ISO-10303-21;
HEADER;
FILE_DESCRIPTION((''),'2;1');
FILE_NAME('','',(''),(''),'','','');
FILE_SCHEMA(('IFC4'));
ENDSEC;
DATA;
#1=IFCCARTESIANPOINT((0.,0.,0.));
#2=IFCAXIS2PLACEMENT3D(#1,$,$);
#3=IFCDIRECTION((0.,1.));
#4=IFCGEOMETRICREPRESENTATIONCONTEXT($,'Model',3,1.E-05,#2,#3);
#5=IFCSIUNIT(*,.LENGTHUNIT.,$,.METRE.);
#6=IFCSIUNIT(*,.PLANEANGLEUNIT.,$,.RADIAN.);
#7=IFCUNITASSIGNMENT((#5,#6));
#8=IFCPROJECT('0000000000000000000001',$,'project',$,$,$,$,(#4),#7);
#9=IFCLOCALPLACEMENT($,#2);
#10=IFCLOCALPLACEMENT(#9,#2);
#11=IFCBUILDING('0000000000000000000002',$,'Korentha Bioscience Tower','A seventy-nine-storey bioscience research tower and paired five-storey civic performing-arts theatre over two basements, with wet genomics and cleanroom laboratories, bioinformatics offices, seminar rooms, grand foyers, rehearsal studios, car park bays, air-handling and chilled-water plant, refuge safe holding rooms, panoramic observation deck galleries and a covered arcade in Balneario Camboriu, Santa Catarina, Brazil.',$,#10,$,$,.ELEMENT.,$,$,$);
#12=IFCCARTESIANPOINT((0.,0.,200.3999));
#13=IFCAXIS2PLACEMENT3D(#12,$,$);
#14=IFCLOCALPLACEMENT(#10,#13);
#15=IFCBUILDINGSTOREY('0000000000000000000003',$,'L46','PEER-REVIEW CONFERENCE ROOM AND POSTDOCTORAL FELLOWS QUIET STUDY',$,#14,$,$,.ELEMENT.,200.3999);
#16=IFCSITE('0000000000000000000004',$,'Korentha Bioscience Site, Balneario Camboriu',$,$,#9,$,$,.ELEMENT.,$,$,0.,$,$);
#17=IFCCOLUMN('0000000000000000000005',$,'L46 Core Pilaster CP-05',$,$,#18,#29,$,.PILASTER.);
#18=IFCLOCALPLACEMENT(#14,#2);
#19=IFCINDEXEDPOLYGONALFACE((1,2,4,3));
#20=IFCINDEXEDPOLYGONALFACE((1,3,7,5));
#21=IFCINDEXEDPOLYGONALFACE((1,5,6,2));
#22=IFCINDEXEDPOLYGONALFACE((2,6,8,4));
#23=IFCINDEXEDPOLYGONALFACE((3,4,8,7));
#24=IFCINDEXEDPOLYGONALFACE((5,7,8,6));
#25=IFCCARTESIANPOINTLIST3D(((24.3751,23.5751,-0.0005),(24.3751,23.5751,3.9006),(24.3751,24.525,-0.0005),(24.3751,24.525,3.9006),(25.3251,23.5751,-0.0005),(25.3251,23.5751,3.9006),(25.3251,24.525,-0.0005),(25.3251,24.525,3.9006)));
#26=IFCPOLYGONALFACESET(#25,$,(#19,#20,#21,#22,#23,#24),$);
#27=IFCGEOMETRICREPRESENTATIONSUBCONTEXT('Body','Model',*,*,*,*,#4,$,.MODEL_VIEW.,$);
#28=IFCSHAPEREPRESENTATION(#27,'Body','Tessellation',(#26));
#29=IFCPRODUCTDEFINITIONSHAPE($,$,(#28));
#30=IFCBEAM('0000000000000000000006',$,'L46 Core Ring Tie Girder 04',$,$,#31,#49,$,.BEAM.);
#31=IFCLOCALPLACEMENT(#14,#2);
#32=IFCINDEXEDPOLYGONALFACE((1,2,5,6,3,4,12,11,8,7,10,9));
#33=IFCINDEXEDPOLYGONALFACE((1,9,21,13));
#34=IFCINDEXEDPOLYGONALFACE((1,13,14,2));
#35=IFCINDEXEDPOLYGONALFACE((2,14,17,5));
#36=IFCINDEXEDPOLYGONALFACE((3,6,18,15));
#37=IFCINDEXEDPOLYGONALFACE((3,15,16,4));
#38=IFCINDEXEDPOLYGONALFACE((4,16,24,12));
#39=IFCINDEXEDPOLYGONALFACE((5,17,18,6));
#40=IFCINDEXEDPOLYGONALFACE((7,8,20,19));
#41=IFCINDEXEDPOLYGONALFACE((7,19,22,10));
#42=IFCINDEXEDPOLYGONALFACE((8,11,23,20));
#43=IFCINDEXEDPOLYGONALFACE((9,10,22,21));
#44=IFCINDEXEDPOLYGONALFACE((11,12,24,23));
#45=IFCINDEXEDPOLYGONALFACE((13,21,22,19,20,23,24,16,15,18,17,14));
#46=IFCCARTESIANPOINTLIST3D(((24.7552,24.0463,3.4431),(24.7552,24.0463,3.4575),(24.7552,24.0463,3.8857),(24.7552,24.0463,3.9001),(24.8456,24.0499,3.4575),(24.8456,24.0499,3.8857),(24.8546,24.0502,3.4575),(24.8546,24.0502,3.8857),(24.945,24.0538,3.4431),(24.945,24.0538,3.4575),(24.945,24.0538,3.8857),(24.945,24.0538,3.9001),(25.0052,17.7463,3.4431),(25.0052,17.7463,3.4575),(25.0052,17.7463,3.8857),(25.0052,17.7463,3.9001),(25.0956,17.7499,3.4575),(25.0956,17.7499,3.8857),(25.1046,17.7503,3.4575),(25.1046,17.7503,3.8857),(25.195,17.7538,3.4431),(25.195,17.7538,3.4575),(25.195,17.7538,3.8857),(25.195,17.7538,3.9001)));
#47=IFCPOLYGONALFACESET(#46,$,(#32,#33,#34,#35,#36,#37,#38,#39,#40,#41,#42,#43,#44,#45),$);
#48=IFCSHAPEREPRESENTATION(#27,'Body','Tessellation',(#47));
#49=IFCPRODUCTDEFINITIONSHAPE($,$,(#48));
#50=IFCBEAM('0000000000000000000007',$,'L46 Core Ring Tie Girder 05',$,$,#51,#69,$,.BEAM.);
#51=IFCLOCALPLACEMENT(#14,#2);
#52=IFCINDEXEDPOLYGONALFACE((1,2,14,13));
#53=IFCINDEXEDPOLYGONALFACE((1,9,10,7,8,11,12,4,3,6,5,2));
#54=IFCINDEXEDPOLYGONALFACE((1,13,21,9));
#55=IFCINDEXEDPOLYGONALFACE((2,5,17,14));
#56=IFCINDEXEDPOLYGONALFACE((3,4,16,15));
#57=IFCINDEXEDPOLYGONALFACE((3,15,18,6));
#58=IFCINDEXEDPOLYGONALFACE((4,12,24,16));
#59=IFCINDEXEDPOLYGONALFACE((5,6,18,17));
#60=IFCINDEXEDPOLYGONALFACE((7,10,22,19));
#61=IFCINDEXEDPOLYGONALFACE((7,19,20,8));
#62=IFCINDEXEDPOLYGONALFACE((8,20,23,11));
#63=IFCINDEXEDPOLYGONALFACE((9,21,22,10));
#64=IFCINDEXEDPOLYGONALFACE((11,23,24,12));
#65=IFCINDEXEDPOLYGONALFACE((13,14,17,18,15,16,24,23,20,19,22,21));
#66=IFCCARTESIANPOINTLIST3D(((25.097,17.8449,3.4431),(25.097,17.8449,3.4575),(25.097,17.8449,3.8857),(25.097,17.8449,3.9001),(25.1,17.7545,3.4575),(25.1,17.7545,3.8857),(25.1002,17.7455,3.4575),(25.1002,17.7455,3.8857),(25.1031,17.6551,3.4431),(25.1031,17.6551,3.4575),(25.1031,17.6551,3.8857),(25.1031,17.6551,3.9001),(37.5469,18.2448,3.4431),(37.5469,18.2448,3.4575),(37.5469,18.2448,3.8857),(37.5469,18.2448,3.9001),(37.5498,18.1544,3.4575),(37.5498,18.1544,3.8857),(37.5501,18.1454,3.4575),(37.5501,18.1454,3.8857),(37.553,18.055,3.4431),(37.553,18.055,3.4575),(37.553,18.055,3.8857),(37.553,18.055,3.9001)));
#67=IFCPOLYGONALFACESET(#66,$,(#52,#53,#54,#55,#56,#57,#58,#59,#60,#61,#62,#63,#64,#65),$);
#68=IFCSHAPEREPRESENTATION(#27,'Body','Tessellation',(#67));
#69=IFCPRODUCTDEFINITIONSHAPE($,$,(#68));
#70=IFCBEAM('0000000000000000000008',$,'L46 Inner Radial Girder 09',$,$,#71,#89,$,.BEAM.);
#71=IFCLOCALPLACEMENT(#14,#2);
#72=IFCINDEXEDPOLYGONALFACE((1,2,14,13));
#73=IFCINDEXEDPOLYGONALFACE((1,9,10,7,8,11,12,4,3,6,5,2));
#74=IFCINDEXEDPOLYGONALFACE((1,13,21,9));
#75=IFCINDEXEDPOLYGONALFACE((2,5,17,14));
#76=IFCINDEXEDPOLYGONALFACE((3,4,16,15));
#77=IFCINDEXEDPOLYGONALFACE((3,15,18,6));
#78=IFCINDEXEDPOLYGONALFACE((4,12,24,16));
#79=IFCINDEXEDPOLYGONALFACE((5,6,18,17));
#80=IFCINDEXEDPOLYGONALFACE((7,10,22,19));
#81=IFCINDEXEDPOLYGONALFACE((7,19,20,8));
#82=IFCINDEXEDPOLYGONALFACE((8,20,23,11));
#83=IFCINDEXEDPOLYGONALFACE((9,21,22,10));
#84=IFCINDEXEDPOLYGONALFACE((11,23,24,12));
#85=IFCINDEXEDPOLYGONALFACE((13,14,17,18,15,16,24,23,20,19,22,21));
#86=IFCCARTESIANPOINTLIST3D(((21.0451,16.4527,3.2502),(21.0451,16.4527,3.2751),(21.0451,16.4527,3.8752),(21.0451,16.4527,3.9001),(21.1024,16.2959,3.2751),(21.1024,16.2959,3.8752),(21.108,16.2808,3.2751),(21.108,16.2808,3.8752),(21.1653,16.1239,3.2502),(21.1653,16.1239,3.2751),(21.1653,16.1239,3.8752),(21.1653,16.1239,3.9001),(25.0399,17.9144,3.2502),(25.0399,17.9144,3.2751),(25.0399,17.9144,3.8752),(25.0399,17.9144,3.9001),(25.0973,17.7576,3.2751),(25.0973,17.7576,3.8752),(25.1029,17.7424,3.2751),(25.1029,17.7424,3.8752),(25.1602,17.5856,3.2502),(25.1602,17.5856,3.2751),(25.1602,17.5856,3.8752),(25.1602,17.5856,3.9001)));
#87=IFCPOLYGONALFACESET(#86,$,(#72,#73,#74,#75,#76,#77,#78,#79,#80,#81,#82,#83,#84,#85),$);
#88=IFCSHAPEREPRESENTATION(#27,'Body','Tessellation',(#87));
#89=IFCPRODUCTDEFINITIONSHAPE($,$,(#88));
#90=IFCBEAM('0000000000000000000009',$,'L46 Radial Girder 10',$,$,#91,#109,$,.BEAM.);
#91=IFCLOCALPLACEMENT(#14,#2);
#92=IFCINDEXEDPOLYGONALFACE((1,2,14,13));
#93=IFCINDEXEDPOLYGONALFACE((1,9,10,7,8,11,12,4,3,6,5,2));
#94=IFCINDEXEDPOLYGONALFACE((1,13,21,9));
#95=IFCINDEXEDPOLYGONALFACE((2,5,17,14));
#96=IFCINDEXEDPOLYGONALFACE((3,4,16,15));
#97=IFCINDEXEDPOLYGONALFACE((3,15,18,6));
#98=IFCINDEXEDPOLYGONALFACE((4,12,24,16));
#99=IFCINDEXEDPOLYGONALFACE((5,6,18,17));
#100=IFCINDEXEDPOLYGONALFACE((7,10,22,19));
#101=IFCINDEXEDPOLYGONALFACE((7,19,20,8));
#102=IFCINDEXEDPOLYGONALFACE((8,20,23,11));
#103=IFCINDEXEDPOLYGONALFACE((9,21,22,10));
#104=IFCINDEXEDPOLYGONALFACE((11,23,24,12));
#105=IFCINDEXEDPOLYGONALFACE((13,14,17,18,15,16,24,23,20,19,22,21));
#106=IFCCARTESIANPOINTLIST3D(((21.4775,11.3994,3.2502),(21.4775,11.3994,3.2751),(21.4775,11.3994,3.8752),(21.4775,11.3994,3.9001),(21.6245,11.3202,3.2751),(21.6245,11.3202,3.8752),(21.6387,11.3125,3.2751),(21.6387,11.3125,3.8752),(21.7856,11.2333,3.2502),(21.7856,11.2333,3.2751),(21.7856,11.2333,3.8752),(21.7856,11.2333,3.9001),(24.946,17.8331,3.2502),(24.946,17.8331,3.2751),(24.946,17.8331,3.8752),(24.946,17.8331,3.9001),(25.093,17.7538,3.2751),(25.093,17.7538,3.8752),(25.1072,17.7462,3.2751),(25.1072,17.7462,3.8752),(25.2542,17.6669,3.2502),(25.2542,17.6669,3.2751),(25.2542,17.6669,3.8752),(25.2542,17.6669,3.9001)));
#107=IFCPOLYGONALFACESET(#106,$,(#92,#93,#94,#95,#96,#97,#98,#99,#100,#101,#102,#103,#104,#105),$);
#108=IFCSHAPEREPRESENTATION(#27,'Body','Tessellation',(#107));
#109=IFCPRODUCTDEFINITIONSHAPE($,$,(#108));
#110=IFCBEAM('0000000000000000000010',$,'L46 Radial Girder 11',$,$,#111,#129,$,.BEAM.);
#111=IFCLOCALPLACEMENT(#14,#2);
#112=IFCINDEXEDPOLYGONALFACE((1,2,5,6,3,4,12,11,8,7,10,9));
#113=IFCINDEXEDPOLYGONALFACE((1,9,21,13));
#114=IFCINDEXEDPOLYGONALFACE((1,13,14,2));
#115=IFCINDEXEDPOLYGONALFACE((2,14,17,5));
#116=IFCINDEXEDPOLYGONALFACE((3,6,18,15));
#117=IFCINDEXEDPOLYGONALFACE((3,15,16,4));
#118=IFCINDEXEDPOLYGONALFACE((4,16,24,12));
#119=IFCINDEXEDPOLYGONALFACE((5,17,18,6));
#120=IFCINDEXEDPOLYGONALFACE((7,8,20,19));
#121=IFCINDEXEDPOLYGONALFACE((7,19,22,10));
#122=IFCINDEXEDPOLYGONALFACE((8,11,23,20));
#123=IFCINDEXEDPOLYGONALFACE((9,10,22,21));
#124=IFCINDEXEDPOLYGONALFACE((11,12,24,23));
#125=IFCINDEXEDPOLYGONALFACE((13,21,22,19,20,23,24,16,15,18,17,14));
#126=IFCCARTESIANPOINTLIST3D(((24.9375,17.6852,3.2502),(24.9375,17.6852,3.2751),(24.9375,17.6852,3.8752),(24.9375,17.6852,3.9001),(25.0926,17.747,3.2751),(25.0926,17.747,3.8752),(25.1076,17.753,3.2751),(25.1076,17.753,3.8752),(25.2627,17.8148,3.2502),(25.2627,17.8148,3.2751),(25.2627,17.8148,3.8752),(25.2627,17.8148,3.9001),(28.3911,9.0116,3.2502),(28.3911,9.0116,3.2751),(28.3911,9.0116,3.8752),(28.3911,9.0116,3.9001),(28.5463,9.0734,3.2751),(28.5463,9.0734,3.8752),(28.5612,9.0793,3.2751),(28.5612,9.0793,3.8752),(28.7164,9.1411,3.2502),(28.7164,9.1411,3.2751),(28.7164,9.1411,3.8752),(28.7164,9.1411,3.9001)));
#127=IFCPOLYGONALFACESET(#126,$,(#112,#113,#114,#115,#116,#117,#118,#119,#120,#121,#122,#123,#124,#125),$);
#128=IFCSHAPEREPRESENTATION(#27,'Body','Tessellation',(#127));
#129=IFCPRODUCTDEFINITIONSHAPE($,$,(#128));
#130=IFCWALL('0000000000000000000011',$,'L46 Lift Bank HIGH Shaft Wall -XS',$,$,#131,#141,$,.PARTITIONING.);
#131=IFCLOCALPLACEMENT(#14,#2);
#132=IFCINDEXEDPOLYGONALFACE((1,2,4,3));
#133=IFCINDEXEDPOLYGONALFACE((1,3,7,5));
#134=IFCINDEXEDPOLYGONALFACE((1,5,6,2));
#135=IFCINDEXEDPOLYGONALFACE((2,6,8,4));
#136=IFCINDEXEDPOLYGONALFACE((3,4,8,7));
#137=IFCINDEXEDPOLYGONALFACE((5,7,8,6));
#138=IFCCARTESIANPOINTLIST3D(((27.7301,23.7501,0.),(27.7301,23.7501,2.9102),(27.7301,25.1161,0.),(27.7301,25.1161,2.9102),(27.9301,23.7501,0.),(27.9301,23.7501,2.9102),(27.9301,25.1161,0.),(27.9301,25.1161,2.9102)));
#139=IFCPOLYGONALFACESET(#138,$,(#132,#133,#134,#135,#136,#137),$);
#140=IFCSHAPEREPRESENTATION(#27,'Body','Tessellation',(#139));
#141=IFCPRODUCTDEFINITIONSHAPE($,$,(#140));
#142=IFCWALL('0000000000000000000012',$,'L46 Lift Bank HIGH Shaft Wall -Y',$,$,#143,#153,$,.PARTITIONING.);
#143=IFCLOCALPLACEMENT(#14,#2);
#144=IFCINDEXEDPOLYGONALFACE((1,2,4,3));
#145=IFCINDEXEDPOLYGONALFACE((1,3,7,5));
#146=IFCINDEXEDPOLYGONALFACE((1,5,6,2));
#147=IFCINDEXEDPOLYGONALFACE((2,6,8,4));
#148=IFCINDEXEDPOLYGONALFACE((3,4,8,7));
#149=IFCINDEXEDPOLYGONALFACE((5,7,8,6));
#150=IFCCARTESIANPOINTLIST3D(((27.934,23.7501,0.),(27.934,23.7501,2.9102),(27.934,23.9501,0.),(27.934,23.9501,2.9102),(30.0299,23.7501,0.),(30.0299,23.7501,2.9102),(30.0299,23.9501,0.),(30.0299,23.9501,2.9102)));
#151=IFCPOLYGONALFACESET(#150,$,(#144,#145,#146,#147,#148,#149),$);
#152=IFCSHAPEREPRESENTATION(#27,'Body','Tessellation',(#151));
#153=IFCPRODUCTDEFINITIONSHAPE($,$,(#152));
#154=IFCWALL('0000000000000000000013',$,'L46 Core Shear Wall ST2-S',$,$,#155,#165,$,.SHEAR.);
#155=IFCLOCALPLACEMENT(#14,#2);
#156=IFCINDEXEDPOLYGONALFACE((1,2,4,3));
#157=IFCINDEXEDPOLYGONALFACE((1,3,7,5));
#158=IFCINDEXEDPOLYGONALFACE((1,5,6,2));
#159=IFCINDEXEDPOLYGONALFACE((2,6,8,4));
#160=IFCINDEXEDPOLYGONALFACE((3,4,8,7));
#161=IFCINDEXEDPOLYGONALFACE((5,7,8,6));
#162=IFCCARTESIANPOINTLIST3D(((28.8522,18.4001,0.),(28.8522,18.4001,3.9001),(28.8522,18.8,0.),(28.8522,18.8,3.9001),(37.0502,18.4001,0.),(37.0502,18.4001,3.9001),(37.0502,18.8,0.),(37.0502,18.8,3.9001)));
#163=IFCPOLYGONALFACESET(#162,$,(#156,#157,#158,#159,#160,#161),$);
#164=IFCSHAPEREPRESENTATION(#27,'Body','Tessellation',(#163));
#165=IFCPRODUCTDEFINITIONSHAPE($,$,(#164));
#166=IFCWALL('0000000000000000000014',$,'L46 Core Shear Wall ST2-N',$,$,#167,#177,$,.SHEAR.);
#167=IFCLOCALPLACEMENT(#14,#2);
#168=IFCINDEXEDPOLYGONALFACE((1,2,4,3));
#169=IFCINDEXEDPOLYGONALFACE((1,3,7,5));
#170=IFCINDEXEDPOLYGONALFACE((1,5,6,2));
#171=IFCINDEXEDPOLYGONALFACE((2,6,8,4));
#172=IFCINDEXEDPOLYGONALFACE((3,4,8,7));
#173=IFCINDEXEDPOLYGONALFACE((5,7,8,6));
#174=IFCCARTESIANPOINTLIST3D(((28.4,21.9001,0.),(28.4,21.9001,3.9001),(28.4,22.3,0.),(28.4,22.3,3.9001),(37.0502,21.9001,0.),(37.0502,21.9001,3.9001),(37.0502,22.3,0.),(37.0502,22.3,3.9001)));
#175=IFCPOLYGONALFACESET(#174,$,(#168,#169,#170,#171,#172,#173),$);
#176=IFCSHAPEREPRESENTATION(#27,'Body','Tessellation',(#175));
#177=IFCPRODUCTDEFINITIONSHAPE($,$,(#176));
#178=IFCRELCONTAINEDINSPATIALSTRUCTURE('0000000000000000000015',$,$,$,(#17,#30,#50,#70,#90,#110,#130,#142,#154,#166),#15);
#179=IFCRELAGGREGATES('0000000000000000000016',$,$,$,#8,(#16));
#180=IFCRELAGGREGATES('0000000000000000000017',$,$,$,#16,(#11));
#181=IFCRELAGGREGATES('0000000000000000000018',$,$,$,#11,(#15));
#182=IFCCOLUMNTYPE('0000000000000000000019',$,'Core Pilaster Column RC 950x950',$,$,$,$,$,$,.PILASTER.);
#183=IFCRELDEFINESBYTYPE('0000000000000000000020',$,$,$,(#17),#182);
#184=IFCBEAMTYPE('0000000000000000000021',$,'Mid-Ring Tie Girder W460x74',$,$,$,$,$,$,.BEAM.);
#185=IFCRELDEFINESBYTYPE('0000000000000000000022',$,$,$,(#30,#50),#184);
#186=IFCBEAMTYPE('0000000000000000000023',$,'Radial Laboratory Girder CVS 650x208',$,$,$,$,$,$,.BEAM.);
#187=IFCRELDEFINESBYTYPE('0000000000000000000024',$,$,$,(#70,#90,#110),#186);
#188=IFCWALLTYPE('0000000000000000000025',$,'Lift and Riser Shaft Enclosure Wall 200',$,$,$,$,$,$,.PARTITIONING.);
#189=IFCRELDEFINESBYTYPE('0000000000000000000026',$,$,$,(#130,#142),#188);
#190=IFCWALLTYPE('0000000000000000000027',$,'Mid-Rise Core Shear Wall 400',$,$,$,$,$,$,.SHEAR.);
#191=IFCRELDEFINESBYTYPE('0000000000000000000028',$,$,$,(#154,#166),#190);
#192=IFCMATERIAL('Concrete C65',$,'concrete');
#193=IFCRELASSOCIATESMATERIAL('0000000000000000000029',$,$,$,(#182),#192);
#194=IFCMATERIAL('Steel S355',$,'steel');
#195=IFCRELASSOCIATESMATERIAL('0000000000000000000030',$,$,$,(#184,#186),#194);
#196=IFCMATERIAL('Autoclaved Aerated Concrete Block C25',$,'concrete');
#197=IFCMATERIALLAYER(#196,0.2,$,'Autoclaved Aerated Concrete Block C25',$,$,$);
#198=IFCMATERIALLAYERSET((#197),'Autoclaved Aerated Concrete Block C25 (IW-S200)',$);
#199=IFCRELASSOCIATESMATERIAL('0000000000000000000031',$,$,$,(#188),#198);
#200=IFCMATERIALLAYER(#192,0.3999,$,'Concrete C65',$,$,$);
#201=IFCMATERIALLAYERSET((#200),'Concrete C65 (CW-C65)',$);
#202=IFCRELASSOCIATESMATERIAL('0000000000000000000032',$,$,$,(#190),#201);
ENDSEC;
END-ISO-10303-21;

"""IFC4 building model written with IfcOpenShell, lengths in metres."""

from ifc_helpers import new_model, si_unit, direction, frame, frame_2d, origin, origin_2d, place, context, subcontext, project, spatial, rectangle, i_section, extrude, material, layer, layer_set, material_profile, profile_set, type_object, element, save


model = new_model("IFC4")

# Units and contexts
model_context = context("Model", 3, precision=1e-05, world=origin(), true_north=direction((0.0, 1.0)))
body_context = subcontext(model_context, "Body", "Model", "MODEL_VIEW")
ifc_project = project(units=[si_unit("LENGTHUNIT", "METRE"), si_unit("PLANEANGLEUNIT", "RADIAN")], contexts=[model_context])

# Site, building, storey
site_placement = place(None, origin())
site = spatial("IfcSite", under=ifc_project, at=site_placement, Name="Korentha Bioscience Site, Balneario Camboriu", CompositionType="ELEMENT", RefElevation=0.0)
building_placement = place(site_placement, origin())
building = spatial("IfcBuilding", under=site, at=building_placement, Name="Korentha Bioscience Tower", Description="A seventy-nine-storey bioscience research tower and paired five-storey civic performing-arts theatre over two basements, with wet genomics and cleanroom laboratories, bioinformatics offices, seminar rooms, grand foyers, rehearsal studios, car park bays, air-handling and chilled-water plant, refuge safe holding rooms, panoramic observation deck galleries and a covered arcade in Balneario Camboriu, Santa Catarina, Brazil.", CompositionType="ELEMENT")
storey_placement = place(building_placement, frame((0.0, 0.0, 200.3999)))
storey = spatial("IfcBuildingStorey", under=building, at=storey_placement, Name="L46", Description="PEER-REVIEW CONFERENCE ROOM AND POSTDOCTORAL FELLOWS QUIET STUDY", CompositionType="ELEMENT", Elevation=200.3999)

# Column
ifc_material_1 = material(Name="Concrete C65", Category="concrete")
ifc_material_profile_1 = material_profile(ifc_material_1, rectangle(XDim=0.95, YDim=0.95, at=origin_2d()), Name="Concrete C65")
ifc_profile_set_1 = profile_set([ifc_material_profile_1], Name="Concrete C65 (COL-CP09)")
column_type = type_object("IfcColumnType", Name="Core Pilaster Column RC 950x950", PredefinedType="PILASTER", material=ifc_profile_set_1)
column_placement = place(storey_placement, frame((24.8501, 24.05, -0.0005), z_axis=(0.0, 0.0, 1.0), x_axis=(1.0, 0.0, 0.0)))
element("IfcColumn", 1, at=column_placement, inside=storey, type_object=column_type, Name="L46 Core Pilaster CP-05", PredefinedType="PILASTER", context=body_context, shape_type="SweptSolid", body=[
    extrude(rectangle(XDim=0.95, YDim=0.95, at=origin_2d()), origin(), (0.0, 0.0, 1.0), 3.9011),
])

# Beams
ifc_material_2 = material(Name="Steel S355", Category="steel")
ifc_material_profile_2 = material_profile(ifc_material_2, i_section(OverallWidth=0.1899, OverallDepth=0.457, WebThickness=0.009, FlangeThickness=0.0144, at=origin_2d()), Name="Steel S355")
ifc_profile_set_2 = profile_set([ifc_material_profile_2], Name="Steel S355 (MB-460)")
beam_type_1 = type_object("IfcBeamType", Name="Mid-Ring Tie Girder W460x74", PredefinedType="BEAM", material=ifc_profile_set_2)
beam_1_placement = place(storey_placement, frame((24.8501, 24.05, 3.6716), z_axis=(0.039651, -0.999214, 0.0), x_axis=(0.999214, 0.039651, 0.0)))
element("IfcBeam", 2, at=beam_1_placement, inside=storey, type_object=beam_type_1, Name="L46 Core Ring Tie Girder 04", PredefinedType="BEAM", context=body_context, shape_type="SweptSolid", body=[
    extrude(i_section(OverallWidth=0.1899, OverallDepth=0.457, WebThickness=0.009, FlangeThickness=0.0144, at=origin_2d()), origin(), (0.0, 0.0, 1.0), 6.3049),
])
beam_2_placement = place(storey_placement, frame((25.1001, 17.75, 3.6716), z_axis=(0.999485, 0.032104, 0.0), x_axis=(-0.032104, 0.999485, 0.0)))
element("IfcBeam", 3, at=beam_2_placement, inside=storey, type_object=beam_type_1, Name="L46 Core Ring Tie Girder 05", PredefinedType="BEAM", context=body_context, shape_type="SweptSolid", body=[
    extrude(i_section(OverallWidth=0.1899, OverallDepth=0.457, WebThickness=0.009, FlangeThickness=0.0144, at=origin_2d()), origin(), (0.0, 0.0, 1.0), 12.4563),
])
ifc_material_profile_3 = material_profile(ifc_material_2, i_section(OverallWidth=0.3501, OverallDepth=0.6499, WebThickness=0.0161, FlangeThickness=0.0249, at=origin_2d()), Name="Steel S355")
ifc_profile_set_3 = profile_set([ifc_material_profile_3], Name="Steel S355 (RB-650)")
beam_type_2 = type_object("IfcBeamType", Name="Radial Laboratory Girder CVS 650x208", PredefinedType="BEAM", material=ifc_profile_set_3)
beam_3_placement = place(storey_placement, frame((25.1001, 17.75, 3.5752), z_axis=(-0.939113, -0.343609, 0.0), x_axis=(0.343609, -0.939113, 0.0)))
element("IfcBeam", 4, at=beam_3_placement, inside=storey, type_object=beam_type_2, Name="L46 Inner Radial Girder 09", PredefinedType="BEAM", context=body_context, shape_type="SweptSolid", body=[
    extrude(i_section(OverallWidth=0.3501, OverallDepth=0.6499, WebThickness=0.0161, FlangeThickness=0.0249, at=origin_2d()), origin(), (0.0, 0.0, 1.0), 4.2539),
])
beam_4_placement = place(storey_placement, frame((25.1001, 17.75, 3.5752), z_axis=(-0.474552, -0.880228, 0.0), x_axis=(0.880228, -0.474552, 0.0)))
element("IfcBeam", 5, at=beam_4_placement, inside=storey, type_object=beam_type_2, Name="L46 Radial Girder 10", PredefinedType="BEAM", context=body_context, shape_type="SweptSolid", body=[
    extrude(i_section(OverallWidth=0.3501, OverallDepth=0.6499, WebThickness=0.0161, FlangeThickness=0.0249, at=origin_2d()), origin(), (0.0, 0.0, 1.0), 7.3091),
])
beam_5_placement = place(storey_placement, frame((25.1001, 17.75, 3.5752), z_axis=(0.369929, -0.92906, 0.0), x_axis=(0.92906, 0.369929, 0.0)))
element("IfcBeam", 6, at=beam_5_placement, inside=storey, type_object=beam_type_2, Name="L46 Radial Girder 11", PredefinedType="BEAM", context=body_context, shape_type="SweptSolid", body=[
    extrude(i_section(OverallWidth=0.3501, OverallDepth=0.6499, WebThickness=0.0161, FlangeThickness=0.0249, at=origin_2d()), origin(), (0.0, 0.0, 1.0), 9.3359),
])

# Walls
ifc_material_3 = material(Name="Autoclaved Aerated Concrete Block C25", Category="concrete")
ifc_layer_1 = layer(ifc_material_3, 0.2, Name="Autoclaved Aerated Concrete Block C25")
ifc_layer_set_1 = layer_set([ifc_layer_1], Name="Autoclaved Aerated Concrete Block C25 (IW-S200)")
wall_type_1 = type_object("IfcWallType", Name="Lift and Riser Shaft Enclosure Wall 200", PredefinedType="PARTITIONING", material=ifc_layer_set_1)
wall_1_placement = place(storey_placement, frame((27.8301, 23.75, 0.0), z_axis=(0.0, 0.0, 1.0), x_axis=(0.0, 1.0, 0.0)))
element("IfcWall", 7, at=wall_1_placement, inside=storey, type_object=wall_type_1, Name="L46 Lift Bank HIGH Shaft Wall -XS", PredefinedType="PARTITIONING", context=body_context, shape_type="SweptSolid", body=[
    extrude(rectangle(XDim=1.366, YDim=0.2, at=frame_2d((0.6831, 0.0))), origin(), (0.0, 0.0, 1.0), 2.9102),
])
wall_2_placement = place(storey_placement, frame((27.9341, 23.8501, 0.0), z_axis=(0.0, 0.0, 1.0), x_axis=(1.0, 0.0, 0.0)))
element("IfcWall", 8, at=wall_2_placement, inside=storey, type_object=wall_type_1, Name="L46 Lift Bank HIGH Shaft Wall -Y", PredefinedType="PARTITIONING", context=body_context, shape_type="SweptSolid", body=[
    extrude(rectangle(XDim=2.0959, YDim=0.2, at=frame_2d((1.0479, 0.0))), origin(), (0.0, 0.0, 1.0), 2.9102),
])
ifc_layer_2 = layer(ifc_material_1, 0.3999, Name="Concrete C65")
ifc_layer_set_2 = layer_set([ifc_layer_2], Name="Concrete C65 (CW-C65)")
wall_type_2 = type_object("IfcWallType", Name="Mid-Rise Core Shear Wall 400", PredefinedType="SHEAR", material=ifc_layer_set_2)
wall_3_placement = place(storey_placement, frame((28.8521, 18.6001, 0.0), z_axis=(0.0, 0.0, 1.0), x_axis=(1.0, 0.0, 0.0)))
element("IfcWall", 9, at=wall_3_placement, inside=storey, type_object=wall_type_2, Name="L46 Core Shear Wall ST2-S", PredefinedType="SHEAR", context=body_context, shape_type="SweptSolid", body=[
    extrude(rectangle(XDim=8.198, YDim=0.3999, at=frame_2d((4.0991, 0.0))), origin(), (0.0, 0.0, 1.0), 3.9001),
])
wall_4_placement = place(storey_placement, frame((28.3999, 22.1001, 0.0), z_axis=(0.0, 0.0, 1.0), x_axis=(1.0, 0.0, 0.0)))
element("IfcWall", 10, at=wall_4_placement, inside=storey, type_object=wall_type_2, Name="L46 Core Shear Wall ST2-N", PredefinedType="SHEAR", context=body_context, shape_type="SweptSolid", body=[
    extrude(rectangle(XDim=8.6501, YDim=0.3999, at=frame_2d((4.3252, 0.0))), origin(), (0.0, 0.0, 1.0), 3.9001),
])

save(model, "model.ifc")
